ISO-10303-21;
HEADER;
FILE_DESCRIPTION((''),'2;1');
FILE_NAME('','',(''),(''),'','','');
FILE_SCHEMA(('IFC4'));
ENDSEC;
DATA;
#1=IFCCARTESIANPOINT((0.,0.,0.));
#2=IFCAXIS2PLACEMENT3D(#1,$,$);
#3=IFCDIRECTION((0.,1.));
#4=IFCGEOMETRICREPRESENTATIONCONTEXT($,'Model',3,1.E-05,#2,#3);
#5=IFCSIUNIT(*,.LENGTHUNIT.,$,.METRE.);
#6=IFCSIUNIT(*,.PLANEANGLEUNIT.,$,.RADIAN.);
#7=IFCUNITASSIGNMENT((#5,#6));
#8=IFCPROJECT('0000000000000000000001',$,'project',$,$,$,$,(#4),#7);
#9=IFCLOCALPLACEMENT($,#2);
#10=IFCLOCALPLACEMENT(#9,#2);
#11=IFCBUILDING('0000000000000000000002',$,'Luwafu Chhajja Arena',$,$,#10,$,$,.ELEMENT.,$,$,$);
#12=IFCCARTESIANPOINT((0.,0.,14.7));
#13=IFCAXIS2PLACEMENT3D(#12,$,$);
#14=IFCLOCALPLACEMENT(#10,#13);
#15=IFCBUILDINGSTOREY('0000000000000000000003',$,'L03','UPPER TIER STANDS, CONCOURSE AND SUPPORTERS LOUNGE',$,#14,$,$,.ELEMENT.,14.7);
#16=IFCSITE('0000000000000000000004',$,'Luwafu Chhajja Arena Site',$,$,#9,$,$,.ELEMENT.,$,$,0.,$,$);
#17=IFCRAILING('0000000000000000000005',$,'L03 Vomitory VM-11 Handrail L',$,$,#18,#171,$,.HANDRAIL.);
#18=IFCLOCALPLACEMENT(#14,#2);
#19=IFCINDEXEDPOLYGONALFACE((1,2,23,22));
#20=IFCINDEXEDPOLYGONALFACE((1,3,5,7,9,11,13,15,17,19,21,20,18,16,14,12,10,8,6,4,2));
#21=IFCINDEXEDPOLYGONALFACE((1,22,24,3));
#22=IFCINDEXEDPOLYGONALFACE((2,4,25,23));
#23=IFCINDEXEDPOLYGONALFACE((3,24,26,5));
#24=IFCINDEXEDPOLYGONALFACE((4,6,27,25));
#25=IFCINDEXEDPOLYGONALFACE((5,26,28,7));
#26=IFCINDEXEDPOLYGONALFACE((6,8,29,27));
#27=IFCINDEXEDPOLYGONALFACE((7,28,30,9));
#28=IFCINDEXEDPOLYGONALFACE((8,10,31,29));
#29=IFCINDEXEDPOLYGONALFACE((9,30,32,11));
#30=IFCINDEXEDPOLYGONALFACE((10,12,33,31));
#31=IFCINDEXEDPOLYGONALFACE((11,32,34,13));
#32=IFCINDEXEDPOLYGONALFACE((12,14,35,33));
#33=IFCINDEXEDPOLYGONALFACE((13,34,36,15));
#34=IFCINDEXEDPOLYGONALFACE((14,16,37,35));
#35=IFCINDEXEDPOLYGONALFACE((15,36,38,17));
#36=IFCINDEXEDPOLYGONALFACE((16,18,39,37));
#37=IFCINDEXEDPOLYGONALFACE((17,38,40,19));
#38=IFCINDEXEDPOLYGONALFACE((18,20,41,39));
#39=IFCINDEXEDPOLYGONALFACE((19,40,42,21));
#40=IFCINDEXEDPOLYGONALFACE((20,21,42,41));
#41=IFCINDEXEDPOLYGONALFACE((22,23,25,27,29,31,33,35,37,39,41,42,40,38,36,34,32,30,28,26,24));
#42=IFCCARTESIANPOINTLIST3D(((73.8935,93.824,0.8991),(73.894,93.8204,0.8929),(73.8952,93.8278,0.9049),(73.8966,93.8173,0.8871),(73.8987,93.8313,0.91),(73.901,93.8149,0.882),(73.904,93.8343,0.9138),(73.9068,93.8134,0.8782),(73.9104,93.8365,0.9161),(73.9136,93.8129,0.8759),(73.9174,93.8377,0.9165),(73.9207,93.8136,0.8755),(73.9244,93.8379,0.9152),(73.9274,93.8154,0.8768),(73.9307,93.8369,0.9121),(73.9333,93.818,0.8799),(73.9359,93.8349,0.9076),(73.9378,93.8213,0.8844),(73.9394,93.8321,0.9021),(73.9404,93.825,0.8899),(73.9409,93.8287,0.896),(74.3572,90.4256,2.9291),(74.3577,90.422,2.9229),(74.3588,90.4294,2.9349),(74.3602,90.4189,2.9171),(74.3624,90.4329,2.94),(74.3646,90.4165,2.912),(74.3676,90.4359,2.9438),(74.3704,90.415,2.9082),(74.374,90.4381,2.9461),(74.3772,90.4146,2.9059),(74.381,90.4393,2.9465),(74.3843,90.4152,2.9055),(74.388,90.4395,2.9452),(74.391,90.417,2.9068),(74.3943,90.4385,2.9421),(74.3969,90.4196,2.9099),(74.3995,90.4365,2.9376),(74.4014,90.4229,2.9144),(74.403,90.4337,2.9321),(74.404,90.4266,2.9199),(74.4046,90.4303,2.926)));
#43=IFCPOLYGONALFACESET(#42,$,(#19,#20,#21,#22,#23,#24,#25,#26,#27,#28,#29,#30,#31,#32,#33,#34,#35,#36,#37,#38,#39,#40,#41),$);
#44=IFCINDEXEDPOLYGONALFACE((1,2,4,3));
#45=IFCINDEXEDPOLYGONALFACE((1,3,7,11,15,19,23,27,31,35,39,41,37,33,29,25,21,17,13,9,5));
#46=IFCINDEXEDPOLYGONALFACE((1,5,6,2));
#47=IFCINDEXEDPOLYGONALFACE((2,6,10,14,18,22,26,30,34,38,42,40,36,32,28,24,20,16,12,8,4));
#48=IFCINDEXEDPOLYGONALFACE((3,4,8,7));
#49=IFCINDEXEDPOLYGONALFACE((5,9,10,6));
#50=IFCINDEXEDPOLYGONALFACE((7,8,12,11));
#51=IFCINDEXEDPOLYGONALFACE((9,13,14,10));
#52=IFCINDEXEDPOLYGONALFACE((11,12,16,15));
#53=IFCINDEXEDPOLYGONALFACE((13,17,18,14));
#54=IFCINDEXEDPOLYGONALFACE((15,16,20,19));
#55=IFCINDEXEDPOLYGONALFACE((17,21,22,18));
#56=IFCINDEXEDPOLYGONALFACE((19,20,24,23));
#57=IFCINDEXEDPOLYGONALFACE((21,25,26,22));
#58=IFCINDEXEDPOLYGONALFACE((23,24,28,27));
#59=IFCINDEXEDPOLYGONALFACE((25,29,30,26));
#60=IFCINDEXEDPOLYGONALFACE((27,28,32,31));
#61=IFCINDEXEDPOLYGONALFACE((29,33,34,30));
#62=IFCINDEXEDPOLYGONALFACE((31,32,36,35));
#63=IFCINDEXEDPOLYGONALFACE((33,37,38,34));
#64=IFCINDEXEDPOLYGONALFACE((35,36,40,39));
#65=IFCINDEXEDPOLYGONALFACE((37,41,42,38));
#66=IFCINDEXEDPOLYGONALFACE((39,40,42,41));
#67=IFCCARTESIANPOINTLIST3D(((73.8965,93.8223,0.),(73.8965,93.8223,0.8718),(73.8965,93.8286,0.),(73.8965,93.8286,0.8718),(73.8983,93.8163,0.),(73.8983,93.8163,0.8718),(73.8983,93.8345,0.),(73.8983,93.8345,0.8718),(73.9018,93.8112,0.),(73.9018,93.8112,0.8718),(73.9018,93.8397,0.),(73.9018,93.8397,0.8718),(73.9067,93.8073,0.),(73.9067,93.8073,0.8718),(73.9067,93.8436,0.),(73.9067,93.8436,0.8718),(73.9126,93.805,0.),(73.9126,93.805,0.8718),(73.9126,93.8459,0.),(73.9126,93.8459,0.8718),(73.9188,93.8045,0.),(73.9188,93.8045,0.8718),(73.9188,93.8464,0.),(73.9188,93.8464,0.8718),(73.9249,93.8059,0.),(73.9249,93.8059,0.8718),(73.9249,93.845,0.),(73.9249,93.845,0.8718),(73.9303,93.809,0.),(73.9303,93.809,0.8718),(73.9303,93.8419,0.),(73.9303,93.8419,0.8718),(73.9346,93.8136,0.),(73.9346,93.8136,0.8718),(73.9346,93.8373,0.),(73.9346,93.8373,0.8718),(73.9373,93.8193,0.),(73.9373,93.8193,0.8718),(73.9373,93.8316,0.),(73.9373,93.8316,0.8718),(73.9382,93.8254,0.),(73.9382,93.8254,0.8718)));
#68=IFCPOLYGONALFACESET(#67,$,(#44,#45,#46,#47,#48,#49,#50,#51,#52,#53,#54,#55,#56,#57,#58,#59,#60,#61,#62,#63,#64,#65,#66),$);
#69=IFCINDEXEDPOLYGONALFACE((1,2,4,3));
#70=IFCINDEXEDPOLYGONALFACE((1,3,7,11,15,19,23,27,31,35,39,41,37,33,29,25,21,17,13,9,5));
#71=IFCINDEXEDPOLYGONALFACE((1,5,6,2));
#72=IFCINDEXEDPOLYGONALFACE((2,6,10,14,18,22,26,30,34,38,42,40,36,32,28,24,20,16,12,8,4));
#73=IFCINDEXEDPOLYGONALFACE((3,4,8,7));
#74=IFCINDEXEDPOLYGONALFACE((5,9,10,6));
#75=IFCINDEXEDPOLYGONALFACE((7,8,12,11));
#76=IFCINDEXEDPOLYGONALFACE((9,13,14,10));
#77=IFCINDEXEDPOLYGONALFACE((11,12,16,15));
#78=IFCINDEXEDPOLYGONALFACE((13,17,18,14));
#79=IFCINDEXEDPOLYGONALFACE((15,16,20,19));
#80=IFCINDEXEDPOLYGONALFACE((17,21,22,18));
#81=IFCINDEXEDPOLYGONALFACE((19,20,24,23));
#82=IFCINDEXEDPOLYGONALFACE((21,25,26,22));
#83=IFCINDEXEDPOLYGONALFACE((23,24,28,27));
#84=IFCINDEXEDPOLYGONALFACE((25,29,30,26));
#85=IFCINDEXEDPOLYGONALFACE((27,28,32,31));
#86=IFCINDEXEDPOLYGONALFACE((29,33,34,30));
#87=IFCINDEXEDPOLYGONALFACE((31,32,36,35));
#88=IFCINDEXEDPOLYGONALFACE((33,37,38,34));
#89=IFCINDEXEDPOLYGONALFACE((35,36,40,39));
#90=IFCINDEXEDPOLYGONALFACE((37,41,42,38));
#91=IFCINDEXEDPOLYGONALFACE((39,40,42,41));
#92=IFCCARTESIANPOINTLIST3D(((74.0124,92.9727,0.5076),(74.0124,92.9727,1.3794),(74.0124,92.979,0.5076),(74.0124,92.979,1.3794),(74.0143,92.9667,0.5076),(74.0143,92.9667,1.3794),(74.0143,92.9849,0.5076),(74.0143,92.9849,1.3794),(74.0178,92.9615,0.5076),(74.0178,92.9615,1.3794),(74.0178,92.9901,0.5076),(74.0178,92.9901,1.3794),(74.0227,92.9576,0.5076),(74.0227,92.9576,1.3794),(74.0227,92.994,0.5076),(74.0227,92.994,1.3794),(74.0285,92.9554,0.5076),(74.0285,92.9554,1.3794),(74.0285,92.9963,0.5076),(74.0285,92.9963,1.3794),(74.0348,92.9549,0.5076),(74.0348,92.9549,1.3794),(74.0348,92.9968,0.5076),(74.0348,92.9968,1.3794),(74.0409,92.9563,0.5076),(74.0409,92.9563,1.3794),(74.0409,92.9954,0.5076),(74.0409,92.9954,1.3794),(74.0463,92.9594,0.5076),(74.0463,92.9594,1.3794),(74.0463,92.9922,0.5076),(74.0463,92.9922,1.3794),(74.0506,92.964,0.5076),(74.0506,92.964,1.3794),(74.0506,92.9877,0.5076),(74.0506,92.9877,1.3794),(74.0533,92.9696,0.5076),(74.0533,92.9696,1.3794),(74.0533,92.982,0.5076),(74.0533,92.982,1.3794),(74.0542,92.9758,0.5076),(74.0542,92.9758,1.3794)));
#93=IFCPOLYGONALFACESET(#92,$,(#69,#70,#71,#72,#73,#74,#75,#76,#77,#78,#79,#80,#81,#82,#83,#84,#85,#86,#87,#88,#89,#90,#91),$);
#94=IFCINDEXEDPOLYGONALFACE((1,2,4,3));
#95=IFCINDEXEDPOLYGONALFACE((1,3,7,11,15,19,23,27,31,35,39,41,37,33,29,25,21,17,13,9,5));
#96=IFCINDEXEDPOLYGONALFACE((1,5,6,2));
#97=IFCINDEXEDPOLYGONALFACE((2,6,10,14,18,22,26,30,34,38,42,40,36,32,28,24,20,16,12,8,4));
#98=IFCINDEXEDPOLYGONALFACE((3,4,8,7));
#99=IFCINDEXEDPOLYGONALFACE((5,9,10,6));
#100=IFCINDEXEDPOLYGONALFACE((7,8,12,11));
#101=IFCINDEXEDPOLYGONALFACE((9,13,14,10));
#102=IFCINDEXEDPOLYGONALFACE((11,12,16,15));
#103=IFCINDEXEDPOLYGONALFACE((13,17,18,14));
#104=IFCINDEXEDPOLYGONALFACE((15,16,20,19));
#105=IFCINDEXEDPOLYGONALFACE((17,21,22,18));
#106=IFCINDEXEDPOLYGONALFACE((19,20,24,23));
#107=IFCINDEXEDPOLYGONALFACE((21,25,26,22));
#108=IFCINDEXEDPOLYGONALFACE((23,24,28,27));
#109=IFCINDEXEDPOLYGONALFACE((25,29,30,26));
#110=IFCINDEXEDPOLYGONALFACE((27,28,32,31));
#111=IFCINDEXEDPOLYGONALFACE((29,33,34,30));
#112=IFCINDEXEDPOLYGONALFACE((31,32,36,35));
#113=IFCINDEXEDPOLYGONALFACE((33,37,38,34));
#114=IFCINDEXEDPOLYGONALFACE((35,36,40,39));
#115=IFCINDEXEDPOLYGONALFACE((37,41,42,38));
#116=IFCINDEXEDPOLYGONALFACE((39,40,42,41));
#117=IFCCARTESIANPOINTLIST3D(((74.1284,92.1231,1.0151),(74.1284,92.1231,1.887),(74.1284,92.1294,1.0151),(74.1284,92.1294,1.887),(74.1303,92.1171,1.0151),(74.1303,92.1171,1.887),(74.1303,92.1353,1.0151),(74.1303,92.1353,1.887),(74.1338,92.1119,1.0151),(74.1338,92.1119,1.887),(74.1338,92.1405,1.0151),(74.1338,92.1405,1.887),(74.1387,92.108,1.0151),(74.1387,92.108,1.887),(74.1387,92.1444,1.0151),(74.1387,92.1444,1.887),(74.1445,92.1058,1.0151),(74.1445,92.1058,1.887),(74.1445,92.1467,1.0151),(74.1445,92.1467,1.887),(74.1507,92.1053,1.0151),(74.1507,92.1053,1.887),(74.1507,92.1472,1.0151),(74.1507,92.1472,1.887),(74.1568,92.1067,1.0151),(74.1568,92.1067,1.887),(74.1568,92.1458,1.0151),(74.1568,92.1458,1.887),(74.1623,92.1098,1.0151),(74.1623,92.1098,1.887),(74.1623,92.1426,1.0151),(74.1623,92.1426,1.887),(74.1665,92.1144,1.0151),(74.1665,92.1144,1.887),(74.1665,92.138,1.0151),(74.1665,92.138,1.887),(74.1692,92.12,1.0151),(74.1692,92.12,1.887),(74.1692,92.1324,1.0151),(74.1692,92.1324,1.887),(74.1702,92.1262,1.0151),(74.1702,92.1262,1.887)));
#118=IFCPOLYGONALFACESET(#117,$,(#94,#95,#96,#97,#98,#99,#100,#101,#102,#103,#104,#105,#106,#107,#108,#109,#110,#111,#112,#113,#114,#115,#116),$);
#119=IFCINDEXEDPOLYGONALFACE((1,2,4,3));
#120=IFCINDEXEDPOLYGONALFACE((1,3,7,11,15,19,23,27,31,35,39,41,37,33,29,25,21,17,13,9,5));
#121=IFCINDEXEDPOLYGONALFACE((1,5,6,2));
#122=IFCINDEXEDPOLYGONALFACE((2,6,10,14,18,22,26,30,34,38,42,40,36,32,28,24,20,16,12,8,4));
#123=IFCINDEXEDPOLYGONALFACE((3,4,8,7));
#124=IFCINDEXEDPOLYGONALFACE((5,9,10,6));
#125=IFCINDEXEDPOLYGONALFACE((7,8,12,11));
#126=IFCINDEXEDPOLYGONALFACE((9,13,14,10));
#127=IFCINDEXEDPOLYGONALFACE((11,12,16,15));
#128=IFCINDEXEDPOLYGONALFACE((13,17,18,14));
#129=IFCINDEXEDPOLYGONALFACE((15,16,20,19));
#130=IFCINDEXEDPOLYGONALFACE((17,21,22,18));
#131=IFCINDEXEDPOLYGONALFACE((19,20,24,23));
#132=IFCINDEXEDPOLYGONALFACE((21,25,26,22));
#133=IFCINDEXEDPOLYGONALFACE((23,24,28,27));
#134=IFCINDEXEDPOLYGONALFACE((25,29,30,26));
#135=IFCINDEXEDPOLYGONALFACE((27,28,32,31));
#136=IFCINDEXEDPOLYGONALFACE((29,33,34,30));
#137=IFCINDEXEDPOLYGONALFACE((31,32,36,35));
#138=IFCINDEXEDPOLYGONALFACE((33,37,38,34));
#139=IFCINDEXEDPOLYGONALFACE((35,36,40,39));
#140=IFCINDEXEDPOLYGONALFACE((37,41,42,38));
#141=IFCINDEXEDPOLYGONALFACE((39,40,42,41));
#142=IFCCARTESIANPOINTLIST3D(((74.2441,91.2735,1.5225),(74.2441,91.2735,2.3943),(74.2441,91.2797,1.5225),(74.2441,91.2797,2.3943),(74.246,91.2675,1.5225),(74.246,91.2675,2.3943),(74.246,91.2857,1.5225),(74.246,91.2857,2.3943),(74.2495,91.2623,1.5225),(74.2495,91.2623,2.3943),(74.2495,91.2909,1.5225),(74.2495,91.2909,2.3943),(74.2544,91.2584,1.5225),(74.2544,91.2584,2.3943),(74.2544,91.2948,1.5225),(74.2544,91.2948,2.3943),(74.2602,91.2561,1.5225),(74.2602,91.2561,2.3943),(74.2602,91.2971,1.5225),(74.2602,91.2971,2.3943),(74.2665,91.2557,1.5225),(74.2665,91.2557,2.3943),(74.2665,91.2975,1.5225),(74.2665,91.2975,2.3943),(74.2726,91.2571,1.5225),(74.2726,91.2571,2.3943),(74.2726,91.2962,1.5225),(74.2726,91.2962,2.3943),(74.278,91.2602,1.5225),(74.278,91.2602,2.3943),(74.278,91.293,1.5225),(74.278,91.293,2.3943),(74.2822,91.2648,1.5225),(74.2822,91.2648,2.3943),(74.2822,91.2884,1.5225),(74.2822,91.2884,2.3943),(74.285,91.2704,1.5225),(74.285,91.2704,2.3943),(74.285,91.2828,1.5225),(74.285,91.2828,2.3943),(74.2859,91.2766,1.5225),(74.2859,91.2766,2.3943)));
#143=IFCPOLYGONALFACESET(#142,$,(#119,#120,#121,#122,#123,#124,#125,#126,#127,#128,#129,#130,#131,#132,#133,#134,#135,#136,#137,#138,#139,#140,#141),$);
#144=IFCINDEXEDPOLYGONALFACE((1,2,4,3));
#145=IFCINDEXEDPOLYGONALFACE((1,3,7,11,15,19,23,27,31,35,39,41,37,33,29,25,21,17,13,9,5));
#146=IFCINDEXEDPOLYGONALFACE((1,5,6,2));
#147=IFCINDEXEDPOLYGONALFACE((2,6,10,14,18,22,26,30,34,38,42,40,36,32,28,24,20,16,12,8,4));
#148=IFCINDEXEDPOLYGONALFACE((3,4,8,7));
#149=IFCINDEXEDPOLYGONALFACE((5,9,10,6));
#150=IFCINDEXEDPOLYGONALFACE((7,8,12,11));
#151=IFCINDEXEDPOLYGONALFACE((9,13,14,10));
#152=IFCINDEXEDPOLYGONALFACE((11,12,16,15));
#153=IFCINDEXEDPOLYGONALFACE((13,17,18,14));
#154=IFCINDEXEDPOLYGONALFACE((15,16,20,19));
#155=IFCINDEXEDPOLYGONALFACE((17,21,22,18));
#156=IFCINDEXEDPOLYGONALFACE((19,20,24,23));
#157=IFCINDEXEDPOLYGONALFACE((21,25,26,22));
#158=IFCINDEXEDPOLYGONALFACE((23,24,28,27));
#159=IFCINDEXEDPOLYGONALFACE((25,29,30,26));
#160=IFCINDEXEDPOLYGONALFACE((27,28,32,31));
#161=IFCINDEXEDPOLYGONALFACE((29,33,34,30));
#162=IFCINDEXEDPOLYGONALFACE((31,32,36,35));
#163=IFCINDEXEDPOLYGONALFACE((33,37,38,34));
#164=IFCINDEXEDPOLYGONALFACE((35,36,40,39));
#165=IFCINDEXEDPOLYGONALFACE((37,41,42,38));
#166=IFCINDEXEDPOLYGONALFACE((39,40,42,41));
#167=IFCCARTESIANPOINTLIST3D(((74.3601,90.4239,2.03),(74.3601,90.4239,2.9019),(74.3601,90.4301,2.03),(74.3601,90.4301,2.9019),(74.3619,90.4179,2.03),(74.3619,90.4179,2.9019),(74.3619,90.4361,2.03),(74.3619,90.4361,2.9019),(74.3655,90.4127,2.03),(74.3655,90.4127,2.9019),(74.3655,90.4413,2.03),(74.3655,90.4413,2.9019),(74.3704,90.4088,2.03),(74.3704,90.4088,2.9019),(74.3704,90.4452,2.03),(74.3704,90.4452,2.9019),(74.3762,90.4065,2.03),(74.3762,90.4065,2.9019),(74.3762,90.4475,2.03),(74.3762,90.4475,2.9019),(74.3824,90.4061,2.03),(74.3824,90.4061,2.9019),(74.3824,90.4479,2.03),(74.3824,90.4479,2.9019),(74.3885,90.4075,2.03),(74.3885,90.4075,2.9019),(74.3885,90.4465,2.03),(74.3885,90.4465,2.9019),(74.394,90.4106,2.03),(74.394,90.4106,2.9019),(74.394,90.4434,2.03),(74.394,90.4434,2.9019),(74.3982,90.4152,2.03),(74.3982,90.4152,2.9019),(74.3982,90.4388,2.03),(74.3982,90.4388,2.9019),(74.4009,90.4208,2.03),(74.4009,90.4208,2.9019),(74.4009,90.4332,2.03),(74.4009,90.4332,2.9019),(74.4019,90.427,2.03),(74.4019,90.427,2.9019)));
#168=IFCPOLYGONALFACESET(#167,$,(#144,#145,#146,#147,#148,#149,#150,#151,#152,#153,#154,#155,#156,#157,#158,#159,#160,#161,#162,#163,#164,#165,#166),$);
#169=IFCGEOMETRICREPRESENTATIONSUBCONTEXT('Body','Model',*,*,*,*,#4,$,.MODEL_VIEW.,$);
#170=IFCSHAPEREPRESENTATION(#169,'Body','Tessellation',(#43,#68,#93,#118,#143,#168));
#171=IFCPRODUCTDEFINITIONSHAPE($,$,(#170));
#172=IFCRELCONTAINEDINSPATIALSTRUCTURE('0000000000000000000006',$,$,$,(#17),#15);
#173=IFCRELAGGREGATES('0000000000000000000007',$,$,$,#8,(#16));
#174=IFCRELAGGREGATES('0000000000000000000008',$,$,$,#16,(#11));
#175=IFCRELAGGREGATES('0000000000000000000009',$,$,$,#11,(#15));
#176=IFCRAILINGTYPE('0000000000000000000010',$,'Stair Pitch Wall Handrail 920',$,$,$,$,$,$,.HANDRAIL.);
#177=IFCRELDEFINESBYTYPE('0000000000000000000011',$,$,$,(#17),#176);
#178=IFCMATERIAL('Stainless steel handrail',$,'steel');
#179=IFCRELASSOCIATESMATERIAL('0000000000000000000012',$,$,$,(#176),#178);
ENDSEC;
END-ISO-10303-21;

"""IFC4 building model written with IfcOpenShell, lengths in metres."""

from ifc_helpers import new_model, si_unit, direction, frame, origin, origin_2d, place, context, subcontext, project, spatial, circle, extrude, material, type_object, element, save


model = new_model("IFC4")

# Units and contexts
model_context = context("Model", 3, precision=1e-05, world=origin(), true_north=direction((0.0, 1.0)))
body_context = subcontext(model_context, "Body", "Model", "MODEL_VIEW")
ifc_project = project(units=[si_unit("LENGTHUNIT", "METRE"), si_unit("PLANEANGLEUNIT", "RADIAN")], contexts=[model_context])

# Site, building, storey
site_placement = place(None, origin())
site = spatial("IfcSite", under=ifc_project, at=site_placement, Name="Luwafu Chhajja Arena Site", CompositionType="ELEMENT", RefElevation=0.0)
building_placement = place(site_placement, origin())
building = spatial("IfcBuilding", under=site, at=building_placement, Name="Luwafu Chhajja Arena", CompositionType="ELEMENT")
storey_placement = place(building_placement, frame((0.0, 0.0, 14.7)))
storey = spatial("IfcBuildingStorey", under=building, at=storey_placement, Name="L03", Description="UPPER TIER STANDS, CONCOURSE AND SUPPORTERS LOUNGE", CompositionType="ELEMENT", Elevation=14.7)

# Railing
ifc_material_1 = material(Name="Stainless steel handrail", Category="steel")
railing_type_1 = type_object("IfcRailingType", Name="Stair Pitch Wall Handrail 920", PredefinedType="HANDRAIL", material=ifc_material_1)
for number, where, name in (
    (1, (73.9172, 93.8254, 0.0), "L03 Vomitory VM-11 Handrail L"),
):
    element("IfcRailing", number, at=place(storey_placement, frame(where)), inside=storey, type_object=railing_type_1, Name=name, PredefinedType="HANDRAIL", context=body_context, shape_type="SweptSolid", body=[
        extrude(circle(Radius=0.0239, at=origin_2d()), frame((0.0, 0.0, 0.896), z_axis=(0.116323, -0.85267, 0.509336), x_axis=(0.990822, 0.13517, 0.0)), (0.0, 0.0, 1.0), 3.9856),
        extrude(circle(Radius=0.021, at=origin_2d()), origin(), (0.0, 0.0, 1.0), 0.8718),
        extrude(circle(Radius=0.021, at=origin_2d()), frame((0.116, -0.8496, 0.5076)), (0.0, 0.0, 1.0), 0.8718),
        extrude(circle(Radius=0.021, at=origin_2d()), frame((0.2319, -1.6992, 1.0151)), (0.0, 0.0, 1.0), 0.8718),
        extrude(circle(Radius=0.021, at=origin_2d()), frame((0.3477, -2.5488, 1.5225)), (0.0, 0.0, 1.0), 0.8718),
        extrude(circle(Radius=0.021, at=origin_2d()), frame((0.4636, -3.3984, 2.03)), (0.0, 0.0, 1.0), 0.8718),
    ])

save(model, "model.ifc")
